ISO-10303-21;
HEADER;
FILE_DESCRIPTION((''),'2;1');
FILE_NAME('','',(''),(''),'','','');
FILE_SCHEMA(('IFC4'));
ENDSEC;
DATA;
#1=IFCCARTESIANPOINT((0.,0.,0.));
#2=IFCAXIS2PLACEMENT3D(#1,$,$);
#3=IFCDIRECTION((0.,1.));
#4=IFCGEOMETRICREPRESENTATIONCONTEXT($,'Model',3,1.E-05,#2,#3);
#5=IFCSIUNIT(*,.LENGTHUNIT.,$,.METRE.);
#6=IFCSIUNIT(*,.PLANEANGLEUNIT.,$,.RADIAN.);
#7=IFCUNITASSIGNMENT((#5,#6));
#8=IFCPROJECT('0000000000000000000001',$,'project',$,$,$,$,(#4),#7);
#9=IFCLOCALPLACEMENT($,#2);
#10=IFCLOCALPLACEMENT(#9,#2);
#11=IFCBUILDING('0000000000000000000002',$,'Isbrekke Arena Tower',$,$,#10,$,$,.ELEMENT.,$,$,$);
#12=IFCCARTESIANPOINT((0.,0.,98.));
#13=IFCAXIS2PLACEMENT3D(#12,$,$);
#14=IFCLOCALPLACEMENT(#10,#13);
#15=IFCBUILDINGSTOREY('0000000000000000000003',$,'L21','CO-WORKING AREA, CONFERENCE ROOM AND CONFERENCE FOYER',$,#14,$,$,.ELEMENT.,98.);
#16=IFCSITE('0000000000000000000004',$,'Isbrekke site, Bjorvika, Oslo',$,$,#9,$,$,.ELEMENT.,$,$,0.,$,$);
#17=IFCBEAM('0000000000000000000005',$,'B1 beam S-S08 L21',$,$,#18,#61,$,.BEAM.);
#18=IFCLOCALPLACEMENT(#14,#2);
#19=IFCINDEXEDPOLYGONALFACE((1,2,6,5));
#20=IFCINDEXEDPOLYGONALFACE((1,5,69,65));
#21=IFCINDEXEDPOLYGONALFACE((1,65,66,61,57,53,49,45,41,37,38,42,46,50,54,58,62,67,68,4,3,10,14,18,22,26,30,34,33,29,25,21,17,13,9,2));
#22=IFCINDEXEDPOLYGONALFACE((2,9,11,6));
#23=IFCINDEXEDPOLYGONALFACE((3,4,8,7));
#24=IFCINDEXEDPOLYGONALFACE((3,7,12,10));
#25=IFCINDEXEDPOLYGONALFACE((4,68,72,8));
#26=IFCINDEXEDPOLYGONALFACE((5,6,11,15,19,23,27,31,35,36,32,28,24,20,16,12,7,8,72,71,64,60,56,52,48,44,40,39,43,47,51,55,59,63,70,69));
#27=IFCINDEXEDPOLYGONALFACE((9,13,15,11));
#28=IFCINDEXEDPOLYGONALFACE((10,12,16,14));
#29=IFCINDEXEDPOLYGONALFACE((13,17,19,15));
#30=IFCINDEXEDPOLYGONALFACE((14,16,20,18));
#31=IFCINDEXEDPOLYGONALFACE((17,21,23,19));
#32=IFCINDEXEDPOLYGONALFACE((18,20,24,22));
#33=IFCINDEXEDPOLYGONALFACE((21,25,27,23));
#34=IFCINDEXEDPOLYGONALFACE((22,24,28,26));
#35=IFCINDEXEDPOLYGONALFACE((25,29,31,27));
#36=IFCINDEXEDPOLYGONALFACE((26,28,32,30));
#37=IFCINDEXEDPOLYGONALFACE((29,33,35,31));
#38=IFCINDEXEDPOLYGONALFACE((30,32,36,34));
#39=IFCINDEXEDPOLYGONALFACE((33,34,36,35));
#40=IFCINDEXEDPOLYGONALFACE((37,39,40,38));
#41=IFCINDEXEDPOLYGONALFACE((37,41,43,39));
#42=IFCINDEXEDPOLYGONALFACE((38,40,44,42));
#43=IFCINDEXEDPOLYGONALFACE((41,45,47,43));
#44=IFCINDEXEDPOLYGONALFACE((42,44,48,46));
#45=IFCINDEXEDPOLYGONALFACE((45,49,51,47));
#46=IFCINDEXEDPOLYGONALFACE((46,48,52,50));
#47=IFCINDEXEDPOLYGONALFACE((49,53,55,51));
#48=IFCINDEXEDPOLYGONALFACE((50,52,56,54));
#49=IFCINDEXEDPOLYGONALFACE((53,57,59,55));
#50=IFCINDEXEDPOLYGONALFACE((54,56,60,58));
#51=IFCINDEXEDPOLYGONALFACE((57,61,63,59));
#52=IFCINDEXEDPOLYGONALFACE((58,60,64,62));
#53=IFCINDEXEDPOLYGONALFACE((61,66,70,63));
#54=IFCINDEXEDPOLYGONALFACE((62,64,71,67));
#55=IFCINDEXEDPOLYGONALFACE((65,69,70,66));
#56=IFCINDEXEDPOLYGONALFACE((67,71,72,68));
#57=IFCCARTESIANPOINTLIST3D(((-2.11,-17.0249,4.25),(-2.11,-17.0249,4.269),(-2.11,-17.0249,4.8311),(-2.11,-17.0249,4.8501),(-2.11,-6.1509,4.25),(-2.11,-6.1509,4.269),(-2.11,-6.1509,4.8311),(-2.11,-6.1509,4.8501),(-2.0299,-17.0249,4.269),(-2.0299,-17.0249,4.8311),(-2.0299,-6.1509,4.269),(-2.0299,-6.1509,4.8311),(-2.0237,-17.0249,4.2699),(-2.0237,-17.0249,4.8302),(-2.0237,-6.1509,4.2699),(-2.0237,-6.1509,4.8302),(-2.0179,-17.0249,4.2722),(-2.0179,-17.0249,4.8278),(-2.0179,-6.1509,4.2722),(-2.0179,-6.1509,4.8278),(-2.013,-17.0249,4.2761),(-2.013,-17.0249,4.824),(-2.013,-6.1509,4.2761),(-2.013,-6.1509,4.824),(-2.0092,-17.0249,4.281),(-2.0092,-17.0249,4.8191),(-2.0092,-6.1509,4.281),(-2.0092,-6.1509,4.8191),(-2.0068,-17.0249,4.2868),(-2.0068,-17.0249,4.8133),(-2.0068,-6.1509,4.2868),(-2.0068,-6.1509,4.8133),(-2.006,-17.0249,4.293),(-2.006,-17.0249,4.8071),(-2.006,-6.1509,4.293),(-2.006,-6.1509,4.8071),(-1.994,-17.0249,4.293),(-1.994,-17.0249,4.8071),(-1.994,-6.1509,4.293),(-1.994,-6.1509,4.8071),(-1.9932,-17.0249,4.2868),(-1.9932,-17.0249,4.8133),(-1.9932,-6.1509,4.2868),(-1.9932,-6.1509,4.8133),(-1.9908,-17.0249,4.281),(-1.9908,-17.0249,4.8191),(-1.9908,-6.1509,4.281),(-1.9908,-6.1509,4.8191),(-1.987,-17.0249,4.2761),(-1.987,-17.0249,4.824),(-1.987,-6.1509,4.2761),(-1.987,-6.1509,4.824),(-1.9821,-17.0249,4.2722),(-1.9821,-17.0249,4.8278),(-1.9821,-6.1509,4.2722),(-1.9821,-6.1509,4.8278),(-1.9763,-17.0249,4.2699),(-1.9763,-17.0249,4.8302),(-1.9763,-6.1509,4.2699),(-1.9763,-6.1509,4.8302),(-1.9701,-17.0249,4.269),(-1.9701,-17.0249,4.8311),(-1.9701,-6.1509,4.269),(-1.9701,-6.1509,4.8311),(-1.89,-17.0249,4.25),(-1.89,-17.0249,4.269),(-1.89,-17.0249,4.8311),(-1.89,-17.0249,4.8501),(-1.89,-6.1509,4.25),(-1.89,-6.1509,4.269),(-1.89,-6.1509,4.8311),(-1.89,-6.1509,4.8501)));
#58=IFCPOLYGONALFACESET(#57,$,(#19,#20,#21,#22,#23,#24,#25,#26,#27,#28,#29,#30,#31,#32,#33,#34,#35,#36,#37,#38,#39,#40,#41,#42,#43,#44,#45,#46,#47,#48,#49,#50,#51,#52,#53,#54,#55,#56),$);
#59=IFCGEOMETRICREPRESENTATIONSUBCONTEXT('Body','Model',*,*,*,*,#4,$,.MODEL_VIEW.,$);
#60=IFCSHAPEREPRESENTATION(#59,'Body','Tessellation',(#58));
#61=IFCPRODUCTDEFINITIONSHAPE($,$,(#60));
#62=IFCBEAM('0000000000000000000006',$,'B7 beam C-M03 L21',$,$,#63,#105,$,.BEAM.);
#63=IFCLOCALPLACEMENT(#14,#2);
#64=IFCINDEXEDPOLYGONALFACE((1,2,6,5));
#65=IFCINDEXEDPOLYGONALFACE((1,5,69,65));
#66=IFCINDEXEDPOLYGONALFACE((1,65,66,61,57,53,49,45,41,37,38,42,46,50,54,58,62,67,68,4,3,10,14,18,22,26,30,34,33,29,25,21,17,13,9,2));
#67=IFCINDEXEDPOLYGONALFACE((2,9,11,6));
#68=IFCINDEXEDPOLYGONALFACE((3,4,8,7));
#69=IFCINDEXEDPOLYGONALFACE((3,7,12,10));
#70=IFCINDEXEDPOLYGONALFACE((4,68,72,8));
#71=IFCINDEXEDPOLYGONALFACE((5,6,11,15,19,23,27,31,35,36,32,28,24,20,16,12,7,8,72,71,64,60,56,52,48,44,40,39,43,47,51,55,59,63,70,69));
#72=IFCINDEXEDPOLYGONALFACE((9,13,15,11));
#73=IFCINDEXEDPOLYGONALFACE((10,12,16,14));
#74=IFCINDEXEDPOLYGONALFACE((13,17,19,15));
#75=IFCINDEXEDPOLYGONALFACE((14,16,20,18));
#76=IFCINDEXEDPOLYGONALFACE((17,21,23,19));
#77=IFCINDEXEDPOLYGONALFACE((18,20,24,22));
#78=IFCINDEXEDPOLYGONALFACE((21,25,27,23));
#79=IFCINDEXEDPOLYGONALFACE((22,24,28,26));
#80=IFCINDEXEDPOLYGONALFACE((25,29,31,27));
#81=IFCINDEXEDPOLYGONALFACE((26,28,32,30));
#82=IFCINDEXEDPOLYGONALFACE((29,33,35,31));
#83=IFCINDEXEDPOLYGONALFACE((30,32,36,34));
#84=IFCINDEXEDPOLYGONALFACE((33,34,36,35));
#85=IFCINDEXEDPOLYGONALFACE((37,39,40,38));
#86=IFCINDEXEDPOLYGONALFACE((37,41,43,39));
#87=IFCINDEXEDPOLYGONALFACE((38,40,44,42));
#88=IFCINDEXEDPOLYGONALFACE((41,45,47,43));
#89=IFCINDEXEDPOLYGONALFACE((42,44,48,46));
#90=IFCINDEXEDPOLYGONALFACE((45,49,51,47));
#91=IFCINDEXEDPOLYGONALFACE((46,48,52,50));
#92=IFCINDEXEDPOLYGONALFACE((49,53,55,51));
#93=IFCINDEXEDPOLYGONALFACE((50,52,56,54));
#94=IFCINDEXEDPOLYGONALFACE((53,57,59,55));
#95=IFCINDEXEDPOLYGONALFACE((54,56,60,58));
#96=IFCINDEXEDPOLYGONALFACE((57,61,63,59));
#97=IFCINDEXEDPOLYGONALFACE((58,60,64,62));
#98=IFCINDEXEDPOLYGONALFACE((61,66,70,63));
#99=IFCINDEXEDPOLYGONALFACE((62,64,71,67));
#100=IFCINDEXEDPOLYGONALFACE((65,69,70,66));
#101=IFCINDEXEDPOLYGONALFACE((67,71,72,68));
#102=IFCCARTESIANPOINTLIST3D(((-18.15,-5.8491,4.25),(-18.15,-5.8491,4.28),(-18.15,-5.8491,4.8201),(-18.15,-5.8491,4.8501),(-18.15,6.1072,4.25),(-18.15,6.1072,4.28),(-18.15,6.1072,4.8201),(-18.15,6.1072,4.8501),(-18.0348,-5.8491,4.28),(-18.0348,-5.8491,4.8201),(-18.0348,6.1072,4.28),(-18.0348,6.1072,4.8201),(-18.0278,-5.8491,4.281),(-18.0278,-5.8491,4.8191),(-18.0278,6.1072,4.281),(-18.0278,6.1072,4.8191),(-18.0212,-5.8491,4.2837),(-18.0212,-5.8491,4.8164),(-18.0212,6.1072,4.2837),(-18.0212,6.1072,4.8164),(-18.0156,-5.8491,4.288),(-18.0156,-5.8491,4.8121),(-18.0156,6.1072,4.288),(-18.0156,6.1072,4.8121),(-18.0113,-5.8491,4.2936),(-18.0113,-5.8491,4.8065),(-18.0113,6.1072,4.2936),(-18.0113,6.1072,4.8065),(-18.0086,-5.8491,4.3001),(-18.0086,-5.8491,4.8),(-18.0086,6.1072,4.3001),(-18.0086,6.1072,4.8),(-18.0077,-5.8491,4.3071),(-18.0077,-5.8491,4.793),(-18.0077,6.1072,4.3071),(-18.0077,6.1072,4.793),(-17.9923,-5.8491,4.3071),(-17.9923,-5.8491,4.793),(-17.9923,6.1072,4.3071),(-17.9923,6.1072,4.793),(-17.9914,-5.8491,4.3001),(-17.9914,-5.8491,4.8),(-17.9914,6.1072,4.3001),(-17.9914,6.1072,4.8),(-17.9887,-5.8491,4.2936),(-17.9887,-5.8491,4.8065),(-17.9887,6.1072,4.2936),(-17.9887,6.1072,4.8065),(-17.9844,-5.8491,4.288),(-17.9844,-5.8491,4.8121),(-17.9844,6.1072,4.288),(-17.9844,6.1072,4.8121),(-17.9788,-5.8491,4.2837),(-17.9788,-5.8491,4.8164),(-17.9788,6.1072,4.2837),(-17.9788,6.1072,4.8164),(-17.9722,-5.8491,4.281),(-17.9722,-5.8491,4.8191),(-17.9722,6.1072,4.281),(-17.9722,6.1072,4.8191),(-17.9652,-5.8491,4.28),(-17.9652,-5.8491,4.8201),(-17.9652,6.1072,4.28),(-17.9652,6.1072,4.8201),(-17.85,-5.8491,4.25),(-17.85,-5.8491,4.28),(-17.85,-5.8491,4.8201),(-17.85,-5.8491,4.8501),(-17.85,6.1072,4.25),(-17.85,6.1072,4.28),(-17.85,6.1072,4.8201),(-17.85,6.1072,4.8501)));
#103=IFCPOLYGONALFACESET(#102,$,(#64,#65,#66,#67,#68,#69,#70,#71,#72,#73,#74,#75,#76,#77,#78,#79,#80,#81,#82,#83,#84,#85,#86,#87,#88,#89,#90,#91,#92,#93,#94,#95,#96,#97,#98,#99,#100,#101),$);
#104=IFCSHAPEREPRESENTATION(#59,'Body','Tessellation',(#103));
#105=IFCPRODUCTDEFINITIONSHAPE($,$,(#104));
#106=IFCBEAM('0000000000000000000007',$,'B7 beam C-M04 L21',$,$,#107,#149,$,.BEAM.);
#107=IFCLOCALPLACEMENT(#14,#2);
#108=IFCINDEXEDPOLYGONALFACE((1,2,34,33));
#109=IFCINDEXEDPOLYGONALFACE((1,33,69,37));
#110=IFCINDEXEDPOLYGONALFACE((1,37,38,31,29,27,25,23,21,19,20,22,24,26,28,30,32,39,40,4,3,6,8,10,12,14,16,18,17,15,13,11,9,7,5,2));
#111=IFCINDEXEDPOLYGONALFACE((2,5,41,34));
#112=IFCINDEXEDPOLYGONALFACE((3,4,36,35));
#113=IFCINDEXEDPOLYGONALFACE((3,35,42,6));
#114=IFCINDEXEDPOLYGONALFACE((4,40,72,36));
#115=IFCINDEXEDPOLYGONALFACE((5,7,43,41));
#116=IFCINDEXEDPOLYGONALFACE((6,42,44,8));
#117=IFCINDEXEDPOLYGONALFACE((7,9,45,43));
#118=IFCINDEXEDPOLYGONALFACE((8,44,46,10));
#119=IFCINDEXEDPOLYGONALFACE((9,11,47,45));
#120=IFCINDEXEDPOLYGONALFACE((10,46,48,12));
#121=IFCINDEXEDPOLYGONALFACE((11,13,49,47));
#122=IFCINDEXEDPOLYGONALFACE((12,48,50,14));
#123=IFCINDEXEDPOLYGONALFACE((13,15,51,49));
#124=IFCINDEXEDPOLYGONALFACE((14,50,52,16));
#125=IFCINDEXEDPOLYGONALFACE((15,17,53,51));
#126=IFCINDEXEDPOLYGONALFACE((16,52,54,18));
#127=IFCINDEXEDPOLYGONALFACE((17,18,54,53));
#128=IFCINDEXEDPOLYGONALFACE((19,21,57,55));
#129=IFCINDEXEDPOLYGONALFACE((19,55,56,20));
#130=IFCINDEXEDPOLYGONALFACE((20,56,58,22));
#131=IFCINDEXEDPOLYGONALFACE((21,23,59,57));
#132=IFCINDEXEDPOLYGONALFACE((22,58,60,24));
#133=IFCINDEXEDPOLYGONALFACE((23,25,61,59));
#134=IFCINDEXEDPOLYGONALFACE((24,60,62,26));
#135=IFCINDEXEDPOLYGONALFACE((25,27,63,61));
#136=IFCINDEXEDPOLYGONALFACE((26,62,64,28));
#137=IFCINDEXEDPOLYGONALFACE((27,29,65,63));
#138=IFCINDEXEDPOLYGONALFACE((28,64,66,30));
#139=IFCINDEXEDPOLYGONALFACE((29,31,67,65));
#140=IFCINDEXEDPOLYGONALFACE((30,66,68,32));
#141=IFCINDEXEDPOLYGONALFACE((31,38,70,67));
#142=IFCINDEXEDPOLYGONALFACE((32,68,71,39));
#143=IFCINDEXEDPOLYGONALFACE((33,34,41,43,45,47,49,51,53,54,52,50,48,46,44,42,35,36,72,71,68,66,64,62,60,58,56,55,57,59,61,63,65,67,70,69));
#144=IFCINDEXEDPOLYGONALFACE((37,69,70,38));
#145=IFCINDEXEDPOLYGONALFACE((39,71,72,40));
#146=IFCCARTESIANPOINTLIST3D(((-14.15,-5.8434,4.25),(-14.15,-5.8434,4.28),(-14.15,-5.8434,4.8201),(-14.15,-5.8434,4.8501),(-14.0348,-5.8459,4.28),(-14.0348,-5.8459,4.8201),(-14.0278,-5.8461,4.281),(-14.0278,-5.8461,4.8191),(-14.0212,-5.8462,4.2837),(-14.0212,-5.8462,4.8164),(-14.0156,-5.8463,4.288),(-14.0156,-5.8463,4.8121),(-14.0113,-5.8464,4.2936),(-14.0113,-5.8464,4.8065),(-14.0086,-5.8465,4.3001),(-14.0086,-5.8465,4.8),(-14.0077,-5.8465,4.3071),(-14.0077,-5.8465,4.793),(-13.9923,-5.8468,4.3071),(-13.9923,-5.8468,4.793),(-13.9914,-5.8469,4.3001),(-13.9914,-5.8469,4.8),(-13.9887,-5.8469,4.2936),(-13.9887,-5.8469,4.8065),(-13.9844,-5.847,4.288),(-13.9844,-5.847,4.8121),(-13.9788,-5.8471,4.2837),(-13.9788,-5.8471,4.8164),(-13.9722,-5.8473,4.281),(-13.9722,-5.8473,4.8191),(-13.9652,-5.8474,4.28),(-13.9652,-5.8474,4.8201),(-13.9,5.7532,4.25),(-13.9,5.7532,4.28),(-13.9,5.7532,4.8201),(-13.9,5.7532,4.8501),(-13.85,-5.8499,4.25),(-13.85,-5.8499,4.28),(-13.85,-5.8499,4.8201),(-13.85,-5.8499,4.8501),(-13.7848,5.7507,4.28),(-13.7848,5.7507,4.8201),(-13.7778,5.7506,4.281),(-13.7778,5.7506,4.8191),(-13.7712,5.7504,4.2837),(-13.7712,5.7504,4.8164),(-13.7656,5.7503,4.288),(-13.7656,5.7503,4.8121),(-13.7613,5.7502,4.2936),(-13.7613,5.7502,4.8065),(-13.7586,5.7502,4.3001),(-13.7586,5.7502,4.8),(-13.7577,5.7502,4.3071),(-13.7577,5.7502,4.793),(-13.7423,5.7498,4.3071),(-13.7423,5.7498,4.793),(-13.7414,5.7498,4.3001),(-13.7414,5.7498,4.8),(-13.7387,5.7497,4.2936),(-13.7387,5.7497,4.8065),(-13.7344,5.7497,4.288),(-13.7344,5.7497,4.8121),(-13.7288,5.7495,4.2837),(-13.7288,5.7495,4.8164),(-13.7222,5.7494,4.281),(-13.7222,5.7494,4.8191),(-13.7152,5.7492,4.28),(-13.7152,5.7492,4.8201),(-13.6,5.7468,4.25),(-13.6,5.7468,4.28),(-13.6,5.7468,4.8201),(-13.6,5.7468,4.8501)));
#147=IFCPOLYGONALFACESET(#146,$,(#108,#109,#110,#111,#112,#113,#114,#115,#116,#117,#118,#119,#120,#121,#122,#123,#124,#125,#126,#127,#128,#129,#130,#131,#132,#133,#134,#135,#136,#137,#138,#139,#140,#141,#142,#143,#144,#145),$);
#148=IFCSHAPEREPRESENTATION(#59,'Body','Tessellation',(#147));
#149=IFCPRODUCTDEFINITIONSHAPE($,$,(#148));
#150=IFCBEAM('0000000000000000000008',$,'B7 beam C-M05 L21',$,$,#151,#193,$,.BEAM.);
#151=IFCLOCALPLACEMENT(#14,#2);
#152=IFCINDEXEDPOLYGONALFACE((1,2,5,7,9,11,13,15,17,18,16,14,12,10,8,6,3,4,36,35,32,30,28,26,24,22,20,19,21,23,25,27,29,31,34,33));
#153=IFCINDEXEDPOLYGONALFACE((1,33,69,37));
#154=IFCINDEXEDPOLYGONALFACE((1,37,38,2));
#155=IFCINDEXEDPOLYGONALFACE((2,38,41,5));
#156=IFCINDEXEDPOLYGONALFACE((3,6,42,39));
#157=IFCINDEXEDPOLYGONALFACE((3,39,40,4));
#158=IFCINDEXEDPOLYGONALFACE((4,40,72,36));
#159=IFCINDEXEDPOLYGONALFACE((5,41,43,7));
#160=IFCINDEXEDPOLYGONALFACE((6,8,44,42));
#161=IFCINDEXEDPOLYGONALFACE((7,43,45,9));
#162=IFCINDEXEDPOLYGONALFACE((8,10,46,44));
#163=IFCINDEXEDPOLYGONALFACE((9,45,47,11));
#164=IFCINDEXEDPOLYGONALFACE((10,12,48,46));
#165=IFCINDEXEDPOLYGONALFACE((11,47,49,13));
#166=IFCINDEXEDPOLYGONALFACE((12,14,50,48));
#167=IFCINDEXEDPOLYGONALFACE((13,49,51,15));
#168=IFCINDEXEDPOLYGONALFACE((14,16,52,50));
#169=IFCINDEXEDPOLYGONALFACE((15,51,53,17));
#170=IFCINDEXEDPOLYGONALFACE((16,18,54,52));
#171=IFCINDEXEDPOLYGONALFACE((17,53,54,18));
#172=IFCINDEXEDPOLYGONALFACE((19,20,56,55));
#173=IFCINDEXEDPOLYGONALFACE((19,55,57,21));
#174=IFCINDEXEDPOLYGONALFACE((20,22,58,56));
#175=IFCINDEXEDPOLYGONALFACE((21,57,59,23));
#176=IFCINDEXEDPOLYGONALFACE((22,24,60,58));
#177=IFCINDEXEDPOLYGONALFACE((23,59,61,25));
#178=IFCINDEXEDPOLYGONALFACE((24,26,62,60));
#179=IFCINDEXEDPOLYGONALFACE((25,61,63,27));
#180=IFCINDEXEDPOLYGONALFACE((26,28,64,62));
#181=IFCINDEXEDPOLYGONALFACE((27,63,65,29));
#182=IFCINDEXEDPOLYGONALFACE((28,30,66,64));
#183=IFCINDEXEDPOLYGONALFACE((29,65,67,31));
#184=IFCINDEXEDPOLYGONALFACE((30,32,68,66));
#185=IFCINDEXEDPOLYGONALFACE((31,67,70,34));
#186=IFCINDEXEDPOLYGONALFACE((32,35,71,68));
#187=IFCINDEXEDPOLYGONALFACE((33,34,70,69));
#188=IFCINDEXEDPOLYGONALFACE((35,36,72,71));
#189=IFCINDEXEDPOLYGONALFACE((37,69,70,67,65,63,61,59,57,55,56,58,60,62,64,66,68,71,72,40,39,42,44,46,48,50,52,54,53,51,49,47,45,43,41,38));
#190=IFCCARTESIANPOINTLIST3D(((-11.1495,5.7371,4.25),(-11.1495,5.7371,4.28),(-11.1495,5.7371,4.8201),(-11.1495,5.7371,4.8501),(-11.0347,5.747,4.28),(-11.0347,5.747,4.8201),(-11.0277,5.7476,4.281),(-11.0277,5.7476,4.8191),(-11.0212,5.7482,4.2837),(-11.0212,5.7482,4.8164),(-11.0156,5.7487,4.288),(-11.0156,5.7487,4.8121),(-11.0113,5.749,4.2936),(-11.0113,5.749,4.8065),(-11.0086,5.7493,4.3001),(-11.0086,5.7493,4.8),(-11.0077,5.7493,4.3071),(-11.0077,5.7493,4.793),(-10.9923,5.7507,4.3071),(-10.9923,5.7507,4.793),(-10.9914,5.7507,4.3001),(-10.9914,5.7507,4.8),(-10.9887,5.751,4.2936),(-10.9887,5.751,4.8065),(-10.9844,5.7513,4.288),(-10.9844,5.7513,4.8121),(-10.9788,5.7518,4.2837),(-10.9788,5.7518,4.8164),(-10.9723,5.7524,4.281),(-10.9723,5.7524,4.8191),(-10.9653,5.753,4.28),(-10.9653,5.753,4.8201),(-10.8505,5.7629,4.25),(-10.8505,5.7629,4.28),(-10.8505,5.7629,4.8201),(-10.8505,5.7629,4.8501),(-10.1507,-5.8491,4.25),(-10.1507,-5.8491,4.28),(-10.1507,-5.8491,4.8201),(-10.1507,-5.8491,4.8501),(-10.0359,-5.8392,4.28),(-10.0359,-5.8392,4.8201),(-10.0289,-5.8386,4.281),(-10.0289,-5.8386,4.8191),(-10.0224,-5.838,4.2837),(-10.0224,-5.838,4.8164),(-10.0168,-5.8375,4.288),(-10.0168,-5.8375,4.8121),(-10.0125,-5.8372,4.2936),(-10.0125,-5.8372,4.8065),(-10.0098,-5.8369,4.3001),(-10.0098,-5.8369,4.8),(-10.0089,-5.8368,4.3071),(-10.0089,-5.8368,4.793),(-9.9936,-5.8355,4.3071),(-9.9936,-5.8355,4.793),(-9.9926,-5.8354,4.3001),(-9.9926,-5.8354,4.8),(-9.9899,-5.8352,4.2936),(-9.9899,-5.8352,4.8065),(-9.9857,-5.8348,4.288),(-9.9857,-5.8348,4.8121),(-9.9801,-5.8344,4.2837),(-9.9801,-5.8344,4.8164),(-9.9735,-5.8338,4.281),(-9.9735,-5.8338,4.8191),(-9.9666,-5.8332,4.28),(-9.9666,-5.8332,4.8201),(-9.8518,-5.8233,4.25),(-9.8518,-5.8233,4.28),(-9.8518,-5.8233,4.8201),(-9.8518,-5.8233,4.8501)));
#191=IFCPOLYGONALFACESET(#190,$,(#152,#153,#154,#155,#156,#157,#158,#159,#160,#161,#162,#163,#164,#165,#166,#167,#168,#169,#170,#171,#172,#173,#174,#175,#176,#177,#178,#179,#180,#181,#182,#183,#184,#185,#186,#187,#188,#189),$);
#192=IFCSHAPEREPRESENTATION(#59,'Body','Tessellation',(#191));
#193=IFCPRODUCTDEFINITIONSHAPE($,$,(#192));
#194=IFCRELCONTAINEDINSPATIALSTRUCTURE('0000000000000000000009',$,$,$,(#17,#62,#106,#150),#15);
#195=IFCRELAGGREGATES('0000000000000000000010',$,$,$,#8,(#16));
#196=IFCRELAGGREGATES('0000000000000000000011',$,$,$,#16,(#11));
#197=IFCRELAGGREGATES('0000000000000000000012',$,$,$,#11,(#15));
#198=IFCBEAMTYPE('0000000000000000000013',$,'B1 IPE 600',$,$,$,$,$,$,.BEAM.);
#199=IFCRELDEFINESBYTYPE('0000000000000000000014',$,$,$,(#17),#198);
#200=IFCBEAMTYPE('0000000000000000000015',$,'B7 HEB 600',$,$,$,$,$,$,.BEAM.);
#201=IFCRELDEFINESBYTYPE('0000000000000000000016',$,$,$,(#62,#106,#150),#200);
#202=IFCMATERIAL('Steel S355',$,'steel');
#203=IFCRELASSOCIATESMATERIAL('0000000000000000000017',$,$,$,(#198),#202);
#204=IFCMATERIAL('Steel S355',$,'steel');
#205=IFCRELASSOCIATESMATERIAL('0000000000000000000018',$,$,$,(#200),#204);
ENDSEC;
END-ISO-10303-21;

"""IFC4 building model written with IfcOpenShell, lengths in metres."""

from ifc_helpers import new_model, si_unit, direction, frame, origin, origin_2d, place, context, subcontext, project, spatial, i_section, extrude, material, material_profile, profile_set, type_object, element, save


model = new_model("IFC4")

# Units and contexts
model_context = context("Model", 3, precision=1e-05, world=origin(), true_north=direction((0.0, 1.0)))
body_context = subcontext(model_context, "Body", "Model", "MODEL_VIEW")
ifc_project = project(units=[si_unit("LENGTHUNIT", "METRE"), si_unit("PLANEANGLEUNIT", "RADIAN")], contexts=[model_context])

# Site, building, storey
site_placement = place(None, origin())
site = spatial("IfcSite", under=ifc_project, at=site_placement, Name="Isbrekke site, Bjorvika, Oslo", CompositionType="ELEMENT", RefElevation=0.0)
building_placement = place(site_placement, origin())
building = spatial("IfcBuilding", under=site, at=building_placement, Name="Isbrekke Arena Tower", CompositionType="ELEMENT")
storey_placement = place(building_placement, frame((0.0, 0.0, 98.0)))
storey = spatial("IfcBuildingStorey", under=building, at=storey_placement, Name="L21", Description="CO-WORKING AREA, CONFERENCE ROOM AND CONFERENCE FOYER", CompositionType="ELEMENT", Elevation=98.0)

# Beams
ifc_material_1 = material(Name="Steel S355", Category="steel")
ifc_material_profile_1 = material_profile(ifc_material_1, i_section(OverallWidth=0.22, OverallDepth=0.6001, WebThickness=0.012, FlangeThickness=0.019, FilletRadius=0.0239, at=origin_2d()), Name="IPE 600")
ifc_profile_set_1 = profile_set([ifc_material_profile_1], Name="Steel S355")
beam_type_1 = type_object("IfcBeamType", Name="B1 IPE 600", PredefinedType="BEAM", material=ifc_profile_set_1)
for number, where, z_axis, x_axis, name in (
    (1, (-2.0, -17.0249, 4.55), (0.0, 1.0, 0.0), (-1.0, 0.0, 0.0), "B1 beam S-S08 L21"),
):
    element("IfcBeam", number, at=place(storey_placement, frame(where, z_axis=z_axis, x_axis=x_axis)), inside=storey, type_object=beam_type_1, Name=name, PredefinedType="BEAM", context=body_context, shape_type="SweptSolid", body=[
        extrude(i_section(OverallWidth=0.22, OverallDepth=0.6001, WebThickness=0.012, FlangeThickness=0.019, FilletRadius=0.0239, at=origin_2d()), origin(), (0.0, 0.0, 1.0), 10.874),
    ])
ifc_material_2 = material(Name="Steel S355", Category="steel")
ifc_material_profile_2 = material_profile(ifc_material_2, i_section(OverallWidth=0.3, OverallDepth=0.6001, WebThickness=0.0154, FlangeThickness=0.03, FilletRadius=0.0271, at=origin_2d()), Name="HEB 600")
ifc_profile_set_2 = profile_set([ifc_material_profile_2], Name="Steel S355")
beam_type_2 = type_object("IfcBeamType", Name="B7 HEB 600", PredefinedType="BEAM", material=ifc_profile_set_2)
beam_1_placement = place(storey_placement, frame((-18.0, -5.8491, 4.55), z_axis=(0.0, 1.0, 0.0), x_axis=(-1.0, 0.0, 0.0)))
element("IfcBeam", 2, at=beam_1_placement, inside=storey, type_object=beam_type_2, Name="B7 beam C-M03 L21", PredefinedType="BEAM", context=body_context, shape_type="SweptSolid", body=[
    extrude(i_section(OverallWidth=0.3, OverallDepth=0.6001, WebThickness=0.0154, FlangeThickness=0.03, FilletRadius=0.0271, at=origin_2d()), origin(), (0.0, 0.0, 1.0), 11.9563),
])
beam_2_placement = place(storey_placement, frame((-14.0, -5.8467, 4.55), z_axis=(0.021553, 0.999768, 0.0), x_axis=(-0.999768, 0.021553, 0.0)))
element("IfcBeam", 3, at=beam_2_placement, inside=storey, type_object=beam_type_2, Name="B7 beam C-M04 L21", PredefinedType="BEAM", context=body_context, shape_type="SweptSolid", body=[
    extrude(i_section(OverallWidth=0.3, OverallDepth=0.6001, WebThickness=0.0154, FlangeThickness=0.03, FilletRadius=0.0271, at=origin_2d()), origin(), (0.0, 0.0, 1.0), 11.5994),
])
beam_3_placement = place(storey_placement, frame((-10.0012, -5.8362, 4.55), z_axis=(-0.085886, 0.996305, 0.0), x_axis=(-0.996305, -0.085886, 0.0)))
element("IfcBeam", 4, at=beam_3_placement, inside=storey, type_object=beam_type_2, Name="B7 beam C-M05 L21", PredefinedType="BEAM", context=body_context, shape_type="SweptSolid", body=[
    extrude(i_section(OverallWidth=0.3, OverallDepth=0.6001, WebThickness=0.0154, FlangeThickness=0.03, FilletRadius=0.0271, at=origin_2d()), origin(), (0.0, 0.0, 1.0), 11.6292),
])

save(model, "model.ifc")
